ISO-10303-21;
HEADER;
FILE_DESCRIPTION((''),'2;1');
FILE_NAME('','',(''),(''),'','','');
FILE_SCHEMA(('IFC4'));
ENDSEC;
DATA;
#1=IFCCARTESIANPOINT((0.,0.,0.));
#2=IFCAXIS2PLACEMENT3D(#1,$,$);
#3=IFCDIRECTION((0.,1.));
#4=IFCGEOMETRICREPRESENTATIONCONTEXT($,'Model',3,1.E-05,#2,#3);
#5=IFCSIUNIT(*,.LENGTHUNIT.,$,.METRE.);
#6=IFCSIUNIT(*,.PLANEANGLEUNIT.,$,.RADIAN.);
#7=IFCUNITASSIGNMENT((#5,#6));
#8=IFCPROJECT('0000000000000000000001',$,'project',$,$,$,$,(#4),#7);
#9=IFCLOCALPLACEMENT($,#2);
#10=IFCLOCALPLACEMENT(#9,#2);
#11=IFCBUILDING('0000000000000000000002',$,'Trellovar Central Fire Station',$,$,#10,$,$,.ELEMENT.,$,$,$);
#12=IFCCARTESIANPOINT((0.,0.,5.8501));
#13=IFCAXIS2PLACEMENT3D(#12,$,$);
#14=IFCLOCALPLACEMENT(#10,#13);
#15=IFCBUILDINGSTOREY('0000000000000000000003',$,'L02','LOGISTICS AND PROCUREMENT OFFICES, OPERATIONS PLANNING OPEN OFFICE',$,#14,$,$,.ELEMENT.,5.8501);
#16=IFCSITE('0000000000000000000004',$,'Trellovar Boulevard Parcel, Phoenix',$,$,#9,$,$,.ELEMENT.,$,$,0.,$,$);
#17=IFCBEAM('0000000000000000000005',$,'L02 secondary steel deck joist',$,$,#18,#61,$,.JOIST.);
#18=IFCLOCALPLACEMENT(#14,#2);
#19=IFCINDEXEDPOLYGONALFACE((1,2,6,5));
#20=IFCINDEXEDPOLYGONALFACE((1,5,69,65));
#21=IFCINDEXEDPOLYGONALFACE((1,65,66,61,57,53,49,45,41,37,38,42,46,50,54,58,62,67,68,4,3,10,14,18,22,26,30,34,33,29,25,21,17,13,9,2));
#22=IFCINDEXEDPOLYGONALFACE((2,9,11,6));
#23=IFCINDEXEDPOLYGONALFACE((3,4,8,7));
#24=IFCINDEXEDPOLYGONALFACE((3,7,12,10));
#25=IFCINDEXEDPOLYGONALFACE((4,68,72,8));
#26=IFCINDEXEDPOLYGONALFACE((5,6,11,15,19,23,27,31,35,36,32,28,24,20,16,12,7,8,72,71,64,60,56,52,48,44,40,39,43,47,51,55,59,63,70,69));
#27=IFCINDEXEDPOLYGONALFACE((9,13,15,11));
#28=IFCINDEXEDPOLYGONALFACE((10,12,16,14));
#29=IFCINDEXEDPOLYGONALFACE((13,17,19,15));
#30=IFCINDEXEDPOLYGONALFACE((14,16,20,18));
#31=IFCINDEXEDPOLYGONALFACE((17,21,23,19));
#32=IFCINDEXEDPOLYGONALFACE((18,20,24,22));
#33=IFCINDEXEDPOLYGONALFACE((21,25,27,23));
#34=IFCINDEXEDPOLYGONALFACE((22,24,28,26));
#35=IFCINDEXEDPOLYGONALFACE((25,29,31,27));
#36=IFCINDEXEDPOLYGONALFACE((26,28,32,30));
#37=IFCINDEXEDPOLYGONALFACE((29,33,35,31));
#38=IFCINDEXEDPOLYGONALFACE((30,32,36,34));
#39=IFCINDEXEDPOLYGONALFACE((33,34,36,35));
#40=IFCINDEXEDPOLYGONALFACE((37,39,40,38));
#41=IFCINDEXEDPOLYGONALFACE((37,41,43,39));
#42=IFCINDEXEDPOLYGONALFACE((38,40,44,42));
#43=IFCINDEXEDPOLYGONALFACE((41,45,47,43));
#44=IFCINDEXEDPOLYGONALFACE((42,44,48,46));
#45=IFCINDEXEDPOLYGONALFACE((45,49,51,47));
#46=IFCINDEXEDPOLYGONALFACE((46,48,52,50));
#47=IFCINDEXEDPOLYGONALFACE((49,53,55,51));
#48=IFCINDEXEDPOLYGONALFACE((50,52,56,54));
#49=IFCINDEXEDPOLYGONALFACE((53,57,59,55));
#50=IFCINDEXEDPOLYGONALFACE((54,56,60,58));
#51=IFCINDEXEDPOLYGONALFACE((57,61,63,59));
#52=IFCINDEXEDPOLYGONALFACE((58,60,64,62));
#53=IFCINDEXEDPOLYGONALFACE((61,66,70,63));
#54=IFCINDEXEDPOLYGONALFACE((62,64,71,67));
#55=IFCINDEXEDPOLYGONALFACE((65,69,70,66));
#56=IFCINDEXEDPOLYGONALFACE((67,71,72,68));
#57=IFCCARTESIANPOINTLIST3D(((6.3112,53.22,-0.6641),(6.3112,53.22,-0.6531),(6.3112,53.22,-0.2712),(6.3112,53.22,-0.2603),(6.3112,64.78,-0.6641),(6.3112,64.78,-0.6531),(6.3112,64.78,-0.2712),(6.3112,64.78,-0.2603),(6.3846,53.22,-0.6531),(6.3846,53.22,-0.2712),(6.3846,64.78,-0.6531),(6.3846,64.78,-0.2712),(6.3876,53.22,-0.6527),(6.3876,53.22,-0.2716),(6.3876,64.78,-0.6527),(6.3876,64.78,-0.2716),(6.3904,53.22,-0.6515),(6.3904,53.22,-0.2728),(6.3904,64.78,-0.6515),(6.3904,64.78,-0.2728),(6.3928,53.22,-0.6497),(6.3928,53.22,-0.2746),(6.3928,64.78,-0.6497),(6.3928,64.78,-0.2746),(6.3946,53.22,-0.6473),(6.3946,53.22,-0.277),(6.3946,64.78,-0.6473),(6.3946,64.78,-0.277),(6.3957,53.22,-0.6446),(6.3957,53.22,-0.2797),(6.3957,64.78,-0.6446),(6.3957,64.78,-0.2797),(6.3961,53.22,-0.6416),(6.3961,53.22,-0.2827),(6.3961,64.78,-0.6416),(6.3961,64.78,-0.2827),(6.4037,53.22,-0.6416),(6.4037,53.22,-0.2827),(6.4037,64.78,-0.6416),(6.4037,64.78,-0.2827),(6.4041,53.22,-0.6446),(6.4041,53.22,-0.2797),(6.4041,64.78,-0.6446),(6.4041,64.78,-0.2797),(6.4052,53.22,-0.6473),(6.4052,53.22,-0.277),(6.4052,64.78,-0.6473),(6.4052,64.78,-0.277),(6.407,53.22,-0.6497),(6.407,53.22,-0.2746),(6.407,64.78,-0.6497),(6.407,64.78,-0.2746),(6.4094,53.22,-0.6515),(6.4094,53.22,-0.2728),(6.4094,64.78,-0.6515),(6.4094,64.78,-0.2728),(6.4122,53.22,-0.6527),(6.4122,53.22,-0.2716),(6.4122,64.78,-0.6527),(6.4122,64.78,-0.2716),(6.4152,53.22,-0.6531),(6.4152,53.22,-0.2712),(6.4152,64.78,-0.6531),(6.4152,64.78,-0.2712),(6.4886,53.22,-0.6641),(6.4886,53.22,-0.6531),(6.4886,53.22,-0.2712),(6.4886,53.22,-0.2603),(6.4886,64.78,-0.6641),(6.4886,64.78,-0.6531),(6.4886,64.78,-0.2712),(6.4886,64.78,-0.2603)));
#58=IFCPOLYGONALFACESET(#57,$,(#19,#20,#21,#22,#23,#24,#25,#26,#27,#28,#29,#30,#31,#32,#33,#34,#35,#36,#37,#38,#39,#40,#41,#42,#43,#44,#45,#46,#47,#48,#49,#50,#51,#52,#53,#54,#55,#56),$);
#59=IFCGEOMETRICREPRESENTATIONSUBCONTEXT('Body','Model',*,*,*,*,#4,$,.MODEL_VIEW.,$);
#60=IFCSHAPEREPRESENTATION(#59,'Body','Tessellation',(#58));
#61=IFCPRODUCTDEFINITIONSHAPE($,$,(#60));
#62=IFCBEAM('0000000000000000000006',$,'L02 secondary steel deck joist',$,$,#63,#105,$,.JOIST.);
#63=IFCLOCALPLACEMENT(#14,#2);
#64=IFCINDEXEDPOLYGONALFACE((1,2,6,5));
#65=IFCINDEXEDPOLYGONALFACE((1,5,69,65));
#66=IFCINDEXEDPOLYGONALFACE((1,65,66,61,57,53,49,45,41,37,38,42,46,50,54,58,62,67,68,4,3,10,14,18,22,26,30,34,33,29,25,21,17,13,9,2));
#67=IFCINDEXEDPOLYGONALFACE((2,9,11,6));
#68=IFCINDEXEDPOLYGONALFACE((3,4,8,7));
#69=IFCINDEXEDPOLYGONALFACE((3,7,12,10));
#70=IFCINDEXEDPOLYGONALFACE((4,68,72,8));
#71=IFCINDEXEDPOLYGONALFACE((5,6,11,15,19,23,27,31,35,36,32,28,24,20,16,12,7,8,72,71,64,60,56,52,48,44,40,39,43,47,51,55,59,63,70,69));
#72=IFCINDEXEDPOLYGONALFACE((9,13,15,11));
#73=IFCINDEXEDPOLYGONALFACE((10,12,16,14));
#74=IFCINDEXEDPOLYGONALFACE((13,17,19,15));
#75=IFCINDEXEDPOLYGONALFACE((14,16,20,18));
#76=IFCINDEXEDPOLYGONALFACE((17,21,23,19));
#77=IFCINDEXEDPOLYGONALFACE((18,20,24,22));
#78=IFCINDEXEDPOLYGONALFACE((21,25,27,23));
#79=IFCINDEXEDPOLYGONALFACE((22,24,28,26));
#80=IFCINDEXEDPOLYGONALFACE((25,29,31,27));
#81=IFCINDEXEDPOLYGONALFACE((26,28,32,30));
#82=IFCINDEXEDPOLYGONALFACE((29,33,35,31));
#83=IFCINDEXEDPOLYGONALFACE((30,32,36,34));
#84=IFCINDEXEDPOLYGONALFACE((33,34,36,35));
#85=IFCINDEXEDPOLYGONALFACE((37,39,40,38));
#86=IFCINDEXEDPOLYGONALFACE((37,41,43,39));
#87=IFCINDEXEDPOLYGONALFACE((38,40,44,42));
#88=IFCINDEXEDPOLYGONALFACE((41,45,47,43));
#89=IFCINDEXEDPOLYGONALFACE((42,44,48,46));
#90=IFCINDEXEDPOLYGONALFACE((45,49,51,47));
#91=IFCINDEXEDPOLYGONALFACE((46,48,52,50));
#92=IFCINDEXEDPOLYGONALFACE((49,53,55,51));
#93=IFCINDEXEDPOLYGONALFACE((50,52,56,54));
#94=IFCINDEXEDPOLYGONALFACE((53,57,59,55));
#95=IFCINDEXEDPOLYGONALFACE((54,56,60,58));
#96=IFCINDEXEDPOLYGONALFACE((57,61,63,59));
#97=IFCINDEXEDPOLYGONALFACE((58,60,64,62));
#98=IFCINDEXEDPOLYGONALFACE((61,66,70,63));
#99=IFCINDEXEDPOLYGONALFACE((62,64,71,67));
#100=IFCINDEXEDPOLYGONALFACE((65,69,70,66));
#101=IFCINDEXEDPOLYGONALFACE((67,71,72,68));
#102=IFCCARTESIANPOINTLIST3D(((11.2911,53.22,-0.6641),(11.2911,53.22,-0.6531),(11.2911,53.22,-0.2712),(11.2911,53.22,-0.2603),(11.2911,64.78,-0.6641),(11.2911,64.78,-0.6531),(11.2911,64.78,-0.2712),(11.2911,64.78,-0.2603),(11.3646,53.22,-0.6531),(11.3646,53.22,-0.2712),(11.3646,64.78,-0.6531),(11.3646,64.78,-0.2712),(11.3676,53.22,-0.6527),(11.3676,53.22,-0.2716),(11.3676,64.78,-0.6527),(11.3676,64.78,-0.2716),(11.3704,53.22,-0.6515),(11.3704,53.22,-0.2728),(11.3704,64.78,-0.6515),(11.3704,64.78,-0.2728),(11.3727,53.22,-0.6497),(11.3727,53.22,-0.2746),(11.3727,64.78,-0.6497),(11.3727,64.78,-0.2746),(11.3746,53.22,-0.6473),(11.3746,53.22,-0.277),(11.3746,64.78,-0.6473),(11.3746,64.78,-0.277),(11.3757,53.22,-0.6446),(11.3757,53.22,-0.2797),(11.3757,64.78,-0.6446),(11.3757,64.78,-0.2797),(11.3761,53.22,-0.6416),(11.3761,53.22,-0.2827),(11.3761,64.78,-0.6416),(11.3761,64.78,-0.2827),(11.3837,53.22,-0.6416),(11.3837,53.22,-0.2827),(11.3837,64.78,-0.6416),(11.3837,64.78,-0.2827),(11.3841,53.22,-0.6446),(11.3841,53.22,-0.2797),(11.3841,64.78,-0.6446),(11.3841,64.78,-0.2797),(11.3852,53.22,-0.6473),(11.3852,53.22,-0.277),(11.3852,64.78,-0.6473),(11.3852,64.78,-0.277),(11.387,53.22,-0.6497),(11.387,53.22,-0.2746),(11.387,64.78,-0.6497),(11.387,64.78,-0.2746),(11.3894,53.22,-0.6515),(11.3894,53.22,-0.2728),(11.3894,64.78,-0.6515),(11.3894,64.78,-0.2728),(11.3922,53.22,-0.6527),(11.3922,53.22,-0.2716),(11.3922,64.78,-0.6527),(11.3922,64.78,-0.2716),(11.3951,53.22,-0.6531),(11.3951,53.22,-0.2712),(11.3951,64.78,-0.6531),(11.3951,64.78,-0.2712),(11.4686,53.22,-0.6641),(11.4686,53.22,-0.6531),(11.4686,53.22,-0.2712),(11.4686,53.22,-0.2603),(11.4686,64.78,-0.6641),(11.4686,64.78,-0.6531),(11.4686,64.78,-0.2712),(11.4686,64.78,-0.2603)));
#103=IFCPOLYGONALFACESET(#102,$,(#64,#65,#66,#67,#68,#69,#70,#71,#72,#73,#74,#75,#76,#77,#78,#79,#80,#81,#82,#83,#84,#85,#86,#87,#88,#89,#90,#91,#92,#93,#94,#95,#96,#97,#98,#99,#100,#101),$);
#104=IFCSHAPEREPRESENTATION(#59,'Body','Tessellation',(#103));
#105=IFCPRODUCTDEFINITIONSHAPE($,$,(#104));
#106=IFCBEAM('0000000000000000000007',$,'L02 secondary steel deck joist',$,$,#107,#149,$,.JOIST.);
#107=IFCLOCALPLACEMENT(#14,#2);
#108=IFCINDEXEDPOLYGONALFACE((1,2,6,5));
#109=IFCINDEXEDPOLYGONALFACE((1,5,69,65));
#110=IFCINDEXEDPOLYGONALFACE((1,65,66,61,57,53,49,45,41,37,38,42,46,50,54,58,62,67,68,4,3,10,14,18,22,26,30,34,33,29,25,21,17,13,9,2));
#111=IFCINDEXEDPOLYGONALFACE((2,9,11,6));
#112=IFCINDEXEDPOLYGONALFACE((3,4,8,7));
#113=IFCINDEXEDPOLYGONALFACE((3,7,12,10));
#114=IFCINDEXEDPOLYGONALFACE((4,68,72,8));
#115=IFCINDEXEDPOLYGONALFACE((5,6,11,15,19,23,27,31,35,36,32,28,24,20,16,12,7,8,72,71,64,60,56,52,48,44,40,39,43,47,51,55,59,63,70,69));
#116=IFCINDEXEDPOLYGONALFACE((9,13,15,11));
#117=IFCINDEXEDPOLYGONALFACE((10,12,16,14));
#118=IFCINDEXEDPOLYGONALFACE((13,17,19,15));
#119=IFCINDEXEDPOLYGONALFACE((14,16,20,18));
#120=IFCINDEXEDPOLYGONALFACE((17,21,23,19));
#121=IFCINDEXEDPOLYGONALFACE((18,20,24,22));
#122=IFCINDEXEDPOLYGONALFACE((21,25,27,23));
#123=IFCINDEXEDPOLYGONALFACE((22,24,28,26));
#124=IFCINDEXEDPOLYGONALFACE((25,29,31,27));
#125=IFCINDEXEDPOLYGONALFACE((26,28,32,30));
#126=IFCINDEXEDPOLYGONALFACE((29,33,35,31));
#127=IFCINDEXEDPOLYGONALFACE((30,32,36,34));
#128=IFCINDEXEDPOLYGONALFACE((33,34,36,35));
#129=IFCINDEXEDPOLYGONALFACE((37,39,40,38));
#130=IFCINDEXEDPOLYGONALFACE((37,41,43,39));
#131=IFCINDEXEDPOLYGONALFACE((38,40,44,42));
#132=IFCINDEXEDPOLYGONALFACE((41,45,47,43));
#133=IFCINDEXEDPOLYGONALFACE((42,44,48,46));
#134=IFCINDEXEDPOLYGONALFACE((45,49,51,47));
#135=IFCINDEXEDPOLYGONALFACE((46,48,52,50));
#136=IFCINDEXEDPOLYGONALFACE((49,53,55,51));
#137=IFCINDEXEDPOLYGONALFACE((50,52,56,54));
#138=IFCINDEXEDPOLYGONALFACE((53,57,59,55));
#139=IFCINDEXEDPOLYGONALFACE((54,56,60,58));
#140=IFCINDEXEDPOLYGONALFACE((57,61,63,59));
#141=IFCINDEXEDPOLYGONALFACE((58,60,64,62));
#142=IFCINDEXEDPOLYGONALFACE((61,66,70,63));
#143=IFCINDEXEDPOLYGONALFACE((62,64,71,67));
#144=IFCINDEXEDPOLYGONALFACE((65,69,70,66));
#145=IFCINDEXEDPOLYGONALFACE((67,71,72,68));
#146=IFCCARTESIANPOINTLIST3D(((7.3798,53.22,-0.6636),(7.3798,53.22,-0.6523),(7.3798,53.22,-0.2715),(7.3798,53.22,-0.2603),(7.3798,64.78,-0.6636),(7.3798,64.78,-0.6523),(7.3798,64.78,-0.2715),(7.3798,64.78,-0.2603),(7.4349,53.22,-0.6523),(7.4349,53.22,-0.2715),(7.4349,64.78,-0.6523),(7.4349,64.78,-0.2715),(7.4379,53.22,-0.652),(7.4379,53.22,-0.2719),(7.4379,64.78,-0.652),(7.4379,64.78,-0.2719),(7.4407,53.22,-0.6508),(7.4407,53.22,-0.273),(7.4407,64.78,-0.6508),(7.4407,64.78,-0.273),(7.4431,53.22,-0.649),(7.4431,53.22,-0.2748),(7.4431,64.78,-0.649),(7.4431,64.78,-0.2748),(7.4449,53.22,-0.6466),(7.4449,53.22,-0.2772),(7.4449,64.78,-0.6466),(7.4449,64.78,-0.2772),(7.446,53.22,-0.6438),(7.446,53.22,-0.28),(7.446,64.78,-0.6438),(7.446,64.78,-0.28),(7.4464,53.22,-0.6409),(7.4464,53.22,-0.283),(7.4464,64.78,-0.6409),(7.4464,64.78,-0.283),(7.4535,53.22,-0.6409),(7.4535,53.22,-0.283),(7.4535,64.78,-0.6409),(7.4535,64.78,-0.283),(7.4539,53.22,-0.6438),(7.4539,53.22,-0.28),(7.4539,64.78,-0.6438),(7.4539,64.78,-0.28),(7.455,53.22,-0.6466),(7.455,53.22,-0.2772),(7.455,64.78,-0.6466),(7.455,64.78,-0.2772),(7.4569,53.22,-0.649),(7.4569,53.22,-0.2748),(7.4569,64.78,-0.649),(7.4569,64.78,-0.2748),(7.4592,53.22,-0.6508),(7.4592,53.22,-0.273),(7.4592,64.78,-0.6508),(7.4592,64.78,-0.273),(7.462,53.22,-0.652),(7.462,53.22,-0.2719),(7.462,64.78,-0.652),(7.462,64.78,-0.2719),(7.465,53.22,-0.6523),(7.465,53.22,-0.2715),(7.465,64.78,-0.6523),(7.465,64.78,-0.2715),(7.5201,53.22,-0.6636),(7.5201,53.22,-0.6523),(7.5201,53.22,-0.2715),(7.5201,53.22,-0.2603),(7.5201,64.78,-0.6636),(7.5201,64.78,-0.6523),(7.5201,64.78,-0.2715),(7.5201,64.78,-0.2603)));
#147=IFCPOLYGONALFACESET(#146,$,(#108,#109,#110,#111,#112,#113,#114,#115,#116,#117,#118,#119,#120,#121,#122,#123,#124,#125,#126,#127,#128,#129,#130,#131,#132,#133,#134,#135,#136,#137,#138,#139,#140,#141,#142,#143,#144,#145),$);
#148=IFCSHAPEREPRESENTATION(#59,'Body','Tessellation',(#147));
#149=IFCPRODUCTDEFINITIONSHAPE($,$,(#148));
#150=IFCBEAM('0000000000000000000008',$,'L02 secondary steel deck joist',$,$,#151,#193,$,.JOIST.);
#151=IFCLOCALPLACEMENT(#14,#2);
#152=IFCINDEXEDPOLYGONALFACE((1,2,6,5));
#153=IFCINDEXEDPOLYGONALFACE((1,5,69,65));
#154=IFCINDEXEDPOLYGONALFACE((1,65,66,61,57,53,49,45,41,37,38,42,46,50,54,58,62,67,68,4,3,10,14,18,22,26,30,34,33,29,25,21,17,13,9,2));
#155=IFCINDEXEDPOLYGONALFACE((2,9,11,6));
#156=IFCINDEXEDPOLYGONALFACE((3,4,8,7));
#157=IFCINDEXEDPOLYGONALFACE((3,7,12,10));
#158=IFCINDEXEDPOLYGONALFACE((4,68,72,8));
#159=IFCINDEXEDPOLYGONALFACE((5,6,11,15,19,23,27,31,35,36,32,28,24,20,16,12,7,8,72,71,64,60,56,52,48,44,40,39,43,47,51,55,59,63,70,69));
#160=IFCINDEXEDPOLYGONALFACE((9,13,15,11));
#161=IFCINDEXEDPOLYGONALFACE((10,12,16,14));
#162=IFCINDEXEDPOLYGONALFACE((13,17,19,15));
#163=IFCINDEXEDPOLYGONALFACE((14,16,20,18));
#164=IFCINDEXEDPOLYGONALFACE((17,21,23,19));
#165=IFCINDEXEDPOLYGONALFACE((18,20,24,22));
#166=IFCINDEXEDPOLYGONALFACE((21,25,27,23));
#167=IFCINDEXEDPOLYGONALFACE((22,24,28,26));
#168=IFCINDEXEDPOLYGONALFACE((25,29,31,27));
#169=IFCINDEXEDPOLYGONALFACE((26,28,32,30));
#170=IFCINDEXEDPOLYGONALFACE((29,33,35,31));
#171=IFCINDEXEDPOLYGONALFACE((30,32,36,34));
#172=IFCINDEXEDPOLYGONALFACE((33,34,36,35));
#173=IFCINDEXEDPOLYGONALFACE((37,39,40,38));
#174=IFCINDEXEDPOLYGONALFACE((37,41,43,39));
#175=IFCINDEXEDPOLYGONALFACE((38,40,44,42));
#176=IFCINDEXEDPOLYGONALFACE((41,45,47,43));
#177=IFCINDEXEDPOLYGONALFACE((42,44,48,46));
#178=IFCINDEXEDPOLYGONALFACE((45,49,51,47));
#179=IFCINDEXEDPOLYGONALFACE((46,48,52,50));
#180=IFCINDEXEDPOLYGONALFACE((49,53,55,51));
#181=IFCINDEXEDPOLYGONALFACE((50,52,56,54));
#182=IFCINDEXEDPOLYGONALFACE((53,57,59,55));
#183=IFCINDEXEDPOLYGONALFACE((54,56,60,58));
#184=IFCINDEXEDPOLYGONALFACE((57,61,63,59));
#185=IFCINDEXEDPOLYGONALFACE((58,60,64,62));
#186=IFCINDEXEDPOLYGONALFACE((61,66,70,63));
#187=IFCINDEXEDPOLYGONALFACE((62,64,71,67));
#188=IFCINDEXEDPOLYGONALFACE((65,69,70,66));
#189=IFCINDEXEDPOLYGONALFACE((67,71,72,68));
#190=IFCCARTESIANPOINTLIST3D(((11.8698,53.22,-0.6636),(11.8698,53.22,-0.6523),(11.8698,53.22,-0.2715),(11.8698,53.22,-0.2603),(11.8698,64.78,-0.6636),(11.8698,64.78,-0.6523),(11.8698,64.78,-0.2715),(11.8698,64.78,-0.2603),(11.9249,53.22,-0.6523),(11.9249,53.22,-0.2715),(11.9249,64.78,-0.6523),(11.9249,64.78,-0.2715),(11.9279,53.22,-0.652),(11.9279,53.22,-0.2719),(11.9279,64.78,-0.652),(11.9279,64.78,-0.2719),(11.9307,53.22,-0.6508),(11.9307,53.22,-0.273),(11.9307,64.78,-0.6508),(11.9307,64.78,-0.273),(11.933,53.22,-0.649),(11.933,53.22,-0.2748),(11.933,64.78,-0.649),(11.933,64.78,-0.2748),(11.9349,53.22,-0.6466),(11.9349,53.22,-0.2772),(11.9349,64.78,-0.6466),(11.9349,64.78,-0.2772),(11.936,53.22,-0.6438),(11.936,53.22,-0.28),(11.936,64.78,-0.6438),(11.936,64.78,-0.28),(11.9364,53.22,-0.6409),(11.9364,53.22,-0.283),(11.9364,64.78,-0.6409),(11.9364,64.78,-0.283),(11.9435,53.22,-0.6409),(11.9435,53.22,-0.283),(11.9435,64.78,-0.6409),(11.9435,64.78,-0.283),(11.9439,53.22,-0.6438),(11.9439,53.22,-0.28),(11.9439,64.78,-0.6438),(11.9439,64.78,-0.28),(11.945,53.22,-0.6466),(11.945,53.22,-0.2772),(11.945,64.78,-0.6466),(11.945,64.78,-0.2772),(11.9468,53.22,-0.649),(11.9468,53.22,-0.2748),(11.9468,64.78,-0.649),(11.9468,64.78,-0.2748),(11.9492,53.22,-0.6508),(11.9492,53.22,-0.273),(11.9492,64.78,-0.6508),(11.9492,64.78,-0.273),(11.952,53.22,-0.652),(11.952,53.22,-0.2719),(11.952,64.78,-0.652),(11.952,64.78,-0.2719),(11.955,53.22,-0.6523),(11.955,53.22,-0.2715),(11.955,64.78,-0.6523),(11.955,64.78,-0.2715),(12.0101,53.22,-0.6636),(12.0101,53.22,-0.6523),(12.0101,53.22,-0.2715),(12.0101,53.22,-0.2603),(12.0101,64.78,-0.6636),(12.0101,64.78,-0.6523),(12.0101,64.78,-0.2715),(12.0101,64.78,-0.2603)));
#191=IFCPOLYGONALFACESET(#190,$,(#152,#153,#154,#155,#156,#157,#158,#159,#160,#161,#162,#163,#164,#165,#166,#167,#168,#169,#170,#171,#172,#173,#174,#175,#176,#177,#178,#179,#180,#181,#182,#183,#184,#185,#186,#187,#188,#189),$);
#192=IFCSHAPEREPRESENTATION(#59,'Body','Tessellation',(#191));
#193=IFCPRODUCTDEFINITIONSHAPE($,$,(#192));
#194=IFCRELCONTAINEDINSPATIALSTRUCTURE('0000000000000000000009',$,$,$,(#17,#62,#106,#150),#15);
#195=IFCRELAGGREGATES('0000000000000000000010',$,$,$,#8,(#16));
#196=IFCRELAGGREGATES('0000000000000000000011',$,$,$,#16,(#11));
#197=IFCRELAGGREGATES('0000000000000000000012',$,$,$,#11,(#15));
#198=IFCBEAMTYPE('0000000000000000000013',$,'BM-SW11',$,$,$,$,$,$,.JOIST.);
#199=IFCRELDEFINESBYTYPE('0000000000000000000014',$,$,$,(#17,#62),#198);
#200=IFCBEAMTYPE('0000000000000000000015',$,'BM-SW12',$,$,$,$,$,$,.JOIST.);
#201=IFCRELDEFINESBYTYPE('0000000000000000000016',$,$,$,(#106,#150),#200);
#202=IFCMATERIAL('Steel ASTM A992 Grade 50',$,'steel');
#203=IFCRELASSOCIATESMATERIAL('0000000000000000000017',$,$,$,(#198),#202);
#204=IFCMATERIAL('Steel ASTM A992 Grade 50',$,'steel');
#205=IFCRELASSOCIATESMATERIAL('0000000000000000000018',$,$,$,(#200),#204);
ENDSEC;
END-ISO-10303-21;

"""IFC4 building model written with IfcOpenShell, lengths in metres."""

from ifc_helpers import new_model, si_unit, direction, frame, origin, origin_2d, place, context, subcontext, project, spatial, i_section, extrude, material, material_profile, profile_set, type_object, element, save


model = new_model("IFC4")

# Units and contexts
model_context = context("Model", 3, precision=1e-05, world=origin(), true_north=direction((0.0, 1.0)))
body_context = subcontext(model_context, "Body", "Model", "MODEL_VIEW")
ifc_project = project(units=[si_unit("LENGTHUNIT", "METRE"), si_unit("PLANEANGLEUNIT", "RADIAN")], contexts=[model_context])

# Site, building, storey
site_placement = place(None, origin())
site = spatial("IfcSite", under=ifc_project, at=site_placement, Name="Trellovar Boulevard Parcel, Phoenix", CompositionType="ELEMENT", RefElevation=0.0)
building_placement = place(site_placement, origin())
building = spatial("IfcBuilding", under=site, at=building_placement, Name="Trellovar Central Fire Station", CompositionType="ELEMENT")
storey_placement = place(building_placement, frame((0.0, 0.0, 5.8501)))
storey = spatial("IfcBuildingStorey", under=building, at=storey_placement, Name="L02", Description="LOGISTICS AND PROCUREMENT OFFICES, OPERATIONS PLANNING OPEN OFFICE", CompositionType="ELEMENT", Elevation=5.8501)

# Beams
ifc_material_1 = material(Name="Steel ASTM A992 Grade 50", Category="steel")
ifc_material_profile_1 = material_profile(ifc_material_1, i_section(OverallWidth=0.1775, OverallDepth=0.4038, WebThickness=0.0076, FlangeThickness=0.011, FilletRadius=0.0115, at=origin_2d()), Name="W16X36")
ifc_profile_set_1 = profile_set([ifc_material_profile_1], Name="Steel ASTM A992 Grade 50")
beam_type_1 = type_object("IfcBeamType", Name="BM-SW11", PredefinedType="JOIST", material=ifc_profile_set_1)
for number, where, z_axis, x_axis, name in (
    (1, (6.3999, 53.22, -0.4622), (0.0, 1.0, 0.0), (-1.0, 0.0, 0.0), "L02 secondary steel deck joist"),
    (2, (11.3799, 53.22, -0.4622), (0.0, 1.0, 0.0), (-1.0, 0.0, 0.0), "L02 secondary steel deck joist"),
):
    element("IfcBeam", number, at=place(storey_placement, frame(where, z_axis=z_axis, x_axis=x_axis)), inside=storey, type_object=beam_type_1, Name=name, PredefinedType="JOIST", context=body_context, shape_type="SweptSolid", body=[
        extrude(i_section(OverallWidth=0.1775, OverallDepth=0.4038, WebThickness=0.0076, FlangeThickness=0.011, FilletRadius=0.0115, at=origin_2d()), origin(), (0.0, 0.0, 1.0), 11.5601),
    ])
ifc_material_2 = material(Name="Steel ASTM A992 Grade 50", Category="steel")
ifc_material_profile_2 = material_profile(ifc_material_2, i_section(OverallWidth=0.1404, OverallDepth=0.4033, WebThickness=0.0071, FlangeThickness=0.0112, FilletRadius=0.0115, at=origin_2d()), Name="W16X31")
ifc_profile_set_2 = profile_set([ifc_material_profile_2], Name="Steel ASTM A992 Grade 50")
beam_type_2 = type_object("IfcBeamType", Name="BM-SW12", PredefinedType="JOIST", material=ifc_profile_set_2)
for number, where, z_axis, x_axis, name in (
    (3, (7.45, 53.22, -0.4619), (0.0, 1.0, 0.0), (-1.0, 0.0, 0.0), "L02 secondary steel deck joist"),
    (4, (11.9399, 53.22, -0.4619), (0.0, 1.0, 0.0), (-1.0, 0.0, 0.0), "L02 secondary steel deck joist"),
):
    element("IfcBeam", number, at=place(storey_placement, frame(where, z_axis=z_axis, x_axis=x_axis)), inside=storey, type_object=beam_type_2, Name=name, PredefinedType="JOIST", context=body_context, shape_type="SweptSolid", body=[
        extrude(i_section(OverallWidth=0.1404, OverallDepth=0.4033, WebThickness=0.0071, FlangeThickness=0.0112, FilletRadius=0.0115, at=origin_2d()), origin(), (0.0, 0.0, 1.0), 11.5601),
    ])

save(model, "model.ifc")
